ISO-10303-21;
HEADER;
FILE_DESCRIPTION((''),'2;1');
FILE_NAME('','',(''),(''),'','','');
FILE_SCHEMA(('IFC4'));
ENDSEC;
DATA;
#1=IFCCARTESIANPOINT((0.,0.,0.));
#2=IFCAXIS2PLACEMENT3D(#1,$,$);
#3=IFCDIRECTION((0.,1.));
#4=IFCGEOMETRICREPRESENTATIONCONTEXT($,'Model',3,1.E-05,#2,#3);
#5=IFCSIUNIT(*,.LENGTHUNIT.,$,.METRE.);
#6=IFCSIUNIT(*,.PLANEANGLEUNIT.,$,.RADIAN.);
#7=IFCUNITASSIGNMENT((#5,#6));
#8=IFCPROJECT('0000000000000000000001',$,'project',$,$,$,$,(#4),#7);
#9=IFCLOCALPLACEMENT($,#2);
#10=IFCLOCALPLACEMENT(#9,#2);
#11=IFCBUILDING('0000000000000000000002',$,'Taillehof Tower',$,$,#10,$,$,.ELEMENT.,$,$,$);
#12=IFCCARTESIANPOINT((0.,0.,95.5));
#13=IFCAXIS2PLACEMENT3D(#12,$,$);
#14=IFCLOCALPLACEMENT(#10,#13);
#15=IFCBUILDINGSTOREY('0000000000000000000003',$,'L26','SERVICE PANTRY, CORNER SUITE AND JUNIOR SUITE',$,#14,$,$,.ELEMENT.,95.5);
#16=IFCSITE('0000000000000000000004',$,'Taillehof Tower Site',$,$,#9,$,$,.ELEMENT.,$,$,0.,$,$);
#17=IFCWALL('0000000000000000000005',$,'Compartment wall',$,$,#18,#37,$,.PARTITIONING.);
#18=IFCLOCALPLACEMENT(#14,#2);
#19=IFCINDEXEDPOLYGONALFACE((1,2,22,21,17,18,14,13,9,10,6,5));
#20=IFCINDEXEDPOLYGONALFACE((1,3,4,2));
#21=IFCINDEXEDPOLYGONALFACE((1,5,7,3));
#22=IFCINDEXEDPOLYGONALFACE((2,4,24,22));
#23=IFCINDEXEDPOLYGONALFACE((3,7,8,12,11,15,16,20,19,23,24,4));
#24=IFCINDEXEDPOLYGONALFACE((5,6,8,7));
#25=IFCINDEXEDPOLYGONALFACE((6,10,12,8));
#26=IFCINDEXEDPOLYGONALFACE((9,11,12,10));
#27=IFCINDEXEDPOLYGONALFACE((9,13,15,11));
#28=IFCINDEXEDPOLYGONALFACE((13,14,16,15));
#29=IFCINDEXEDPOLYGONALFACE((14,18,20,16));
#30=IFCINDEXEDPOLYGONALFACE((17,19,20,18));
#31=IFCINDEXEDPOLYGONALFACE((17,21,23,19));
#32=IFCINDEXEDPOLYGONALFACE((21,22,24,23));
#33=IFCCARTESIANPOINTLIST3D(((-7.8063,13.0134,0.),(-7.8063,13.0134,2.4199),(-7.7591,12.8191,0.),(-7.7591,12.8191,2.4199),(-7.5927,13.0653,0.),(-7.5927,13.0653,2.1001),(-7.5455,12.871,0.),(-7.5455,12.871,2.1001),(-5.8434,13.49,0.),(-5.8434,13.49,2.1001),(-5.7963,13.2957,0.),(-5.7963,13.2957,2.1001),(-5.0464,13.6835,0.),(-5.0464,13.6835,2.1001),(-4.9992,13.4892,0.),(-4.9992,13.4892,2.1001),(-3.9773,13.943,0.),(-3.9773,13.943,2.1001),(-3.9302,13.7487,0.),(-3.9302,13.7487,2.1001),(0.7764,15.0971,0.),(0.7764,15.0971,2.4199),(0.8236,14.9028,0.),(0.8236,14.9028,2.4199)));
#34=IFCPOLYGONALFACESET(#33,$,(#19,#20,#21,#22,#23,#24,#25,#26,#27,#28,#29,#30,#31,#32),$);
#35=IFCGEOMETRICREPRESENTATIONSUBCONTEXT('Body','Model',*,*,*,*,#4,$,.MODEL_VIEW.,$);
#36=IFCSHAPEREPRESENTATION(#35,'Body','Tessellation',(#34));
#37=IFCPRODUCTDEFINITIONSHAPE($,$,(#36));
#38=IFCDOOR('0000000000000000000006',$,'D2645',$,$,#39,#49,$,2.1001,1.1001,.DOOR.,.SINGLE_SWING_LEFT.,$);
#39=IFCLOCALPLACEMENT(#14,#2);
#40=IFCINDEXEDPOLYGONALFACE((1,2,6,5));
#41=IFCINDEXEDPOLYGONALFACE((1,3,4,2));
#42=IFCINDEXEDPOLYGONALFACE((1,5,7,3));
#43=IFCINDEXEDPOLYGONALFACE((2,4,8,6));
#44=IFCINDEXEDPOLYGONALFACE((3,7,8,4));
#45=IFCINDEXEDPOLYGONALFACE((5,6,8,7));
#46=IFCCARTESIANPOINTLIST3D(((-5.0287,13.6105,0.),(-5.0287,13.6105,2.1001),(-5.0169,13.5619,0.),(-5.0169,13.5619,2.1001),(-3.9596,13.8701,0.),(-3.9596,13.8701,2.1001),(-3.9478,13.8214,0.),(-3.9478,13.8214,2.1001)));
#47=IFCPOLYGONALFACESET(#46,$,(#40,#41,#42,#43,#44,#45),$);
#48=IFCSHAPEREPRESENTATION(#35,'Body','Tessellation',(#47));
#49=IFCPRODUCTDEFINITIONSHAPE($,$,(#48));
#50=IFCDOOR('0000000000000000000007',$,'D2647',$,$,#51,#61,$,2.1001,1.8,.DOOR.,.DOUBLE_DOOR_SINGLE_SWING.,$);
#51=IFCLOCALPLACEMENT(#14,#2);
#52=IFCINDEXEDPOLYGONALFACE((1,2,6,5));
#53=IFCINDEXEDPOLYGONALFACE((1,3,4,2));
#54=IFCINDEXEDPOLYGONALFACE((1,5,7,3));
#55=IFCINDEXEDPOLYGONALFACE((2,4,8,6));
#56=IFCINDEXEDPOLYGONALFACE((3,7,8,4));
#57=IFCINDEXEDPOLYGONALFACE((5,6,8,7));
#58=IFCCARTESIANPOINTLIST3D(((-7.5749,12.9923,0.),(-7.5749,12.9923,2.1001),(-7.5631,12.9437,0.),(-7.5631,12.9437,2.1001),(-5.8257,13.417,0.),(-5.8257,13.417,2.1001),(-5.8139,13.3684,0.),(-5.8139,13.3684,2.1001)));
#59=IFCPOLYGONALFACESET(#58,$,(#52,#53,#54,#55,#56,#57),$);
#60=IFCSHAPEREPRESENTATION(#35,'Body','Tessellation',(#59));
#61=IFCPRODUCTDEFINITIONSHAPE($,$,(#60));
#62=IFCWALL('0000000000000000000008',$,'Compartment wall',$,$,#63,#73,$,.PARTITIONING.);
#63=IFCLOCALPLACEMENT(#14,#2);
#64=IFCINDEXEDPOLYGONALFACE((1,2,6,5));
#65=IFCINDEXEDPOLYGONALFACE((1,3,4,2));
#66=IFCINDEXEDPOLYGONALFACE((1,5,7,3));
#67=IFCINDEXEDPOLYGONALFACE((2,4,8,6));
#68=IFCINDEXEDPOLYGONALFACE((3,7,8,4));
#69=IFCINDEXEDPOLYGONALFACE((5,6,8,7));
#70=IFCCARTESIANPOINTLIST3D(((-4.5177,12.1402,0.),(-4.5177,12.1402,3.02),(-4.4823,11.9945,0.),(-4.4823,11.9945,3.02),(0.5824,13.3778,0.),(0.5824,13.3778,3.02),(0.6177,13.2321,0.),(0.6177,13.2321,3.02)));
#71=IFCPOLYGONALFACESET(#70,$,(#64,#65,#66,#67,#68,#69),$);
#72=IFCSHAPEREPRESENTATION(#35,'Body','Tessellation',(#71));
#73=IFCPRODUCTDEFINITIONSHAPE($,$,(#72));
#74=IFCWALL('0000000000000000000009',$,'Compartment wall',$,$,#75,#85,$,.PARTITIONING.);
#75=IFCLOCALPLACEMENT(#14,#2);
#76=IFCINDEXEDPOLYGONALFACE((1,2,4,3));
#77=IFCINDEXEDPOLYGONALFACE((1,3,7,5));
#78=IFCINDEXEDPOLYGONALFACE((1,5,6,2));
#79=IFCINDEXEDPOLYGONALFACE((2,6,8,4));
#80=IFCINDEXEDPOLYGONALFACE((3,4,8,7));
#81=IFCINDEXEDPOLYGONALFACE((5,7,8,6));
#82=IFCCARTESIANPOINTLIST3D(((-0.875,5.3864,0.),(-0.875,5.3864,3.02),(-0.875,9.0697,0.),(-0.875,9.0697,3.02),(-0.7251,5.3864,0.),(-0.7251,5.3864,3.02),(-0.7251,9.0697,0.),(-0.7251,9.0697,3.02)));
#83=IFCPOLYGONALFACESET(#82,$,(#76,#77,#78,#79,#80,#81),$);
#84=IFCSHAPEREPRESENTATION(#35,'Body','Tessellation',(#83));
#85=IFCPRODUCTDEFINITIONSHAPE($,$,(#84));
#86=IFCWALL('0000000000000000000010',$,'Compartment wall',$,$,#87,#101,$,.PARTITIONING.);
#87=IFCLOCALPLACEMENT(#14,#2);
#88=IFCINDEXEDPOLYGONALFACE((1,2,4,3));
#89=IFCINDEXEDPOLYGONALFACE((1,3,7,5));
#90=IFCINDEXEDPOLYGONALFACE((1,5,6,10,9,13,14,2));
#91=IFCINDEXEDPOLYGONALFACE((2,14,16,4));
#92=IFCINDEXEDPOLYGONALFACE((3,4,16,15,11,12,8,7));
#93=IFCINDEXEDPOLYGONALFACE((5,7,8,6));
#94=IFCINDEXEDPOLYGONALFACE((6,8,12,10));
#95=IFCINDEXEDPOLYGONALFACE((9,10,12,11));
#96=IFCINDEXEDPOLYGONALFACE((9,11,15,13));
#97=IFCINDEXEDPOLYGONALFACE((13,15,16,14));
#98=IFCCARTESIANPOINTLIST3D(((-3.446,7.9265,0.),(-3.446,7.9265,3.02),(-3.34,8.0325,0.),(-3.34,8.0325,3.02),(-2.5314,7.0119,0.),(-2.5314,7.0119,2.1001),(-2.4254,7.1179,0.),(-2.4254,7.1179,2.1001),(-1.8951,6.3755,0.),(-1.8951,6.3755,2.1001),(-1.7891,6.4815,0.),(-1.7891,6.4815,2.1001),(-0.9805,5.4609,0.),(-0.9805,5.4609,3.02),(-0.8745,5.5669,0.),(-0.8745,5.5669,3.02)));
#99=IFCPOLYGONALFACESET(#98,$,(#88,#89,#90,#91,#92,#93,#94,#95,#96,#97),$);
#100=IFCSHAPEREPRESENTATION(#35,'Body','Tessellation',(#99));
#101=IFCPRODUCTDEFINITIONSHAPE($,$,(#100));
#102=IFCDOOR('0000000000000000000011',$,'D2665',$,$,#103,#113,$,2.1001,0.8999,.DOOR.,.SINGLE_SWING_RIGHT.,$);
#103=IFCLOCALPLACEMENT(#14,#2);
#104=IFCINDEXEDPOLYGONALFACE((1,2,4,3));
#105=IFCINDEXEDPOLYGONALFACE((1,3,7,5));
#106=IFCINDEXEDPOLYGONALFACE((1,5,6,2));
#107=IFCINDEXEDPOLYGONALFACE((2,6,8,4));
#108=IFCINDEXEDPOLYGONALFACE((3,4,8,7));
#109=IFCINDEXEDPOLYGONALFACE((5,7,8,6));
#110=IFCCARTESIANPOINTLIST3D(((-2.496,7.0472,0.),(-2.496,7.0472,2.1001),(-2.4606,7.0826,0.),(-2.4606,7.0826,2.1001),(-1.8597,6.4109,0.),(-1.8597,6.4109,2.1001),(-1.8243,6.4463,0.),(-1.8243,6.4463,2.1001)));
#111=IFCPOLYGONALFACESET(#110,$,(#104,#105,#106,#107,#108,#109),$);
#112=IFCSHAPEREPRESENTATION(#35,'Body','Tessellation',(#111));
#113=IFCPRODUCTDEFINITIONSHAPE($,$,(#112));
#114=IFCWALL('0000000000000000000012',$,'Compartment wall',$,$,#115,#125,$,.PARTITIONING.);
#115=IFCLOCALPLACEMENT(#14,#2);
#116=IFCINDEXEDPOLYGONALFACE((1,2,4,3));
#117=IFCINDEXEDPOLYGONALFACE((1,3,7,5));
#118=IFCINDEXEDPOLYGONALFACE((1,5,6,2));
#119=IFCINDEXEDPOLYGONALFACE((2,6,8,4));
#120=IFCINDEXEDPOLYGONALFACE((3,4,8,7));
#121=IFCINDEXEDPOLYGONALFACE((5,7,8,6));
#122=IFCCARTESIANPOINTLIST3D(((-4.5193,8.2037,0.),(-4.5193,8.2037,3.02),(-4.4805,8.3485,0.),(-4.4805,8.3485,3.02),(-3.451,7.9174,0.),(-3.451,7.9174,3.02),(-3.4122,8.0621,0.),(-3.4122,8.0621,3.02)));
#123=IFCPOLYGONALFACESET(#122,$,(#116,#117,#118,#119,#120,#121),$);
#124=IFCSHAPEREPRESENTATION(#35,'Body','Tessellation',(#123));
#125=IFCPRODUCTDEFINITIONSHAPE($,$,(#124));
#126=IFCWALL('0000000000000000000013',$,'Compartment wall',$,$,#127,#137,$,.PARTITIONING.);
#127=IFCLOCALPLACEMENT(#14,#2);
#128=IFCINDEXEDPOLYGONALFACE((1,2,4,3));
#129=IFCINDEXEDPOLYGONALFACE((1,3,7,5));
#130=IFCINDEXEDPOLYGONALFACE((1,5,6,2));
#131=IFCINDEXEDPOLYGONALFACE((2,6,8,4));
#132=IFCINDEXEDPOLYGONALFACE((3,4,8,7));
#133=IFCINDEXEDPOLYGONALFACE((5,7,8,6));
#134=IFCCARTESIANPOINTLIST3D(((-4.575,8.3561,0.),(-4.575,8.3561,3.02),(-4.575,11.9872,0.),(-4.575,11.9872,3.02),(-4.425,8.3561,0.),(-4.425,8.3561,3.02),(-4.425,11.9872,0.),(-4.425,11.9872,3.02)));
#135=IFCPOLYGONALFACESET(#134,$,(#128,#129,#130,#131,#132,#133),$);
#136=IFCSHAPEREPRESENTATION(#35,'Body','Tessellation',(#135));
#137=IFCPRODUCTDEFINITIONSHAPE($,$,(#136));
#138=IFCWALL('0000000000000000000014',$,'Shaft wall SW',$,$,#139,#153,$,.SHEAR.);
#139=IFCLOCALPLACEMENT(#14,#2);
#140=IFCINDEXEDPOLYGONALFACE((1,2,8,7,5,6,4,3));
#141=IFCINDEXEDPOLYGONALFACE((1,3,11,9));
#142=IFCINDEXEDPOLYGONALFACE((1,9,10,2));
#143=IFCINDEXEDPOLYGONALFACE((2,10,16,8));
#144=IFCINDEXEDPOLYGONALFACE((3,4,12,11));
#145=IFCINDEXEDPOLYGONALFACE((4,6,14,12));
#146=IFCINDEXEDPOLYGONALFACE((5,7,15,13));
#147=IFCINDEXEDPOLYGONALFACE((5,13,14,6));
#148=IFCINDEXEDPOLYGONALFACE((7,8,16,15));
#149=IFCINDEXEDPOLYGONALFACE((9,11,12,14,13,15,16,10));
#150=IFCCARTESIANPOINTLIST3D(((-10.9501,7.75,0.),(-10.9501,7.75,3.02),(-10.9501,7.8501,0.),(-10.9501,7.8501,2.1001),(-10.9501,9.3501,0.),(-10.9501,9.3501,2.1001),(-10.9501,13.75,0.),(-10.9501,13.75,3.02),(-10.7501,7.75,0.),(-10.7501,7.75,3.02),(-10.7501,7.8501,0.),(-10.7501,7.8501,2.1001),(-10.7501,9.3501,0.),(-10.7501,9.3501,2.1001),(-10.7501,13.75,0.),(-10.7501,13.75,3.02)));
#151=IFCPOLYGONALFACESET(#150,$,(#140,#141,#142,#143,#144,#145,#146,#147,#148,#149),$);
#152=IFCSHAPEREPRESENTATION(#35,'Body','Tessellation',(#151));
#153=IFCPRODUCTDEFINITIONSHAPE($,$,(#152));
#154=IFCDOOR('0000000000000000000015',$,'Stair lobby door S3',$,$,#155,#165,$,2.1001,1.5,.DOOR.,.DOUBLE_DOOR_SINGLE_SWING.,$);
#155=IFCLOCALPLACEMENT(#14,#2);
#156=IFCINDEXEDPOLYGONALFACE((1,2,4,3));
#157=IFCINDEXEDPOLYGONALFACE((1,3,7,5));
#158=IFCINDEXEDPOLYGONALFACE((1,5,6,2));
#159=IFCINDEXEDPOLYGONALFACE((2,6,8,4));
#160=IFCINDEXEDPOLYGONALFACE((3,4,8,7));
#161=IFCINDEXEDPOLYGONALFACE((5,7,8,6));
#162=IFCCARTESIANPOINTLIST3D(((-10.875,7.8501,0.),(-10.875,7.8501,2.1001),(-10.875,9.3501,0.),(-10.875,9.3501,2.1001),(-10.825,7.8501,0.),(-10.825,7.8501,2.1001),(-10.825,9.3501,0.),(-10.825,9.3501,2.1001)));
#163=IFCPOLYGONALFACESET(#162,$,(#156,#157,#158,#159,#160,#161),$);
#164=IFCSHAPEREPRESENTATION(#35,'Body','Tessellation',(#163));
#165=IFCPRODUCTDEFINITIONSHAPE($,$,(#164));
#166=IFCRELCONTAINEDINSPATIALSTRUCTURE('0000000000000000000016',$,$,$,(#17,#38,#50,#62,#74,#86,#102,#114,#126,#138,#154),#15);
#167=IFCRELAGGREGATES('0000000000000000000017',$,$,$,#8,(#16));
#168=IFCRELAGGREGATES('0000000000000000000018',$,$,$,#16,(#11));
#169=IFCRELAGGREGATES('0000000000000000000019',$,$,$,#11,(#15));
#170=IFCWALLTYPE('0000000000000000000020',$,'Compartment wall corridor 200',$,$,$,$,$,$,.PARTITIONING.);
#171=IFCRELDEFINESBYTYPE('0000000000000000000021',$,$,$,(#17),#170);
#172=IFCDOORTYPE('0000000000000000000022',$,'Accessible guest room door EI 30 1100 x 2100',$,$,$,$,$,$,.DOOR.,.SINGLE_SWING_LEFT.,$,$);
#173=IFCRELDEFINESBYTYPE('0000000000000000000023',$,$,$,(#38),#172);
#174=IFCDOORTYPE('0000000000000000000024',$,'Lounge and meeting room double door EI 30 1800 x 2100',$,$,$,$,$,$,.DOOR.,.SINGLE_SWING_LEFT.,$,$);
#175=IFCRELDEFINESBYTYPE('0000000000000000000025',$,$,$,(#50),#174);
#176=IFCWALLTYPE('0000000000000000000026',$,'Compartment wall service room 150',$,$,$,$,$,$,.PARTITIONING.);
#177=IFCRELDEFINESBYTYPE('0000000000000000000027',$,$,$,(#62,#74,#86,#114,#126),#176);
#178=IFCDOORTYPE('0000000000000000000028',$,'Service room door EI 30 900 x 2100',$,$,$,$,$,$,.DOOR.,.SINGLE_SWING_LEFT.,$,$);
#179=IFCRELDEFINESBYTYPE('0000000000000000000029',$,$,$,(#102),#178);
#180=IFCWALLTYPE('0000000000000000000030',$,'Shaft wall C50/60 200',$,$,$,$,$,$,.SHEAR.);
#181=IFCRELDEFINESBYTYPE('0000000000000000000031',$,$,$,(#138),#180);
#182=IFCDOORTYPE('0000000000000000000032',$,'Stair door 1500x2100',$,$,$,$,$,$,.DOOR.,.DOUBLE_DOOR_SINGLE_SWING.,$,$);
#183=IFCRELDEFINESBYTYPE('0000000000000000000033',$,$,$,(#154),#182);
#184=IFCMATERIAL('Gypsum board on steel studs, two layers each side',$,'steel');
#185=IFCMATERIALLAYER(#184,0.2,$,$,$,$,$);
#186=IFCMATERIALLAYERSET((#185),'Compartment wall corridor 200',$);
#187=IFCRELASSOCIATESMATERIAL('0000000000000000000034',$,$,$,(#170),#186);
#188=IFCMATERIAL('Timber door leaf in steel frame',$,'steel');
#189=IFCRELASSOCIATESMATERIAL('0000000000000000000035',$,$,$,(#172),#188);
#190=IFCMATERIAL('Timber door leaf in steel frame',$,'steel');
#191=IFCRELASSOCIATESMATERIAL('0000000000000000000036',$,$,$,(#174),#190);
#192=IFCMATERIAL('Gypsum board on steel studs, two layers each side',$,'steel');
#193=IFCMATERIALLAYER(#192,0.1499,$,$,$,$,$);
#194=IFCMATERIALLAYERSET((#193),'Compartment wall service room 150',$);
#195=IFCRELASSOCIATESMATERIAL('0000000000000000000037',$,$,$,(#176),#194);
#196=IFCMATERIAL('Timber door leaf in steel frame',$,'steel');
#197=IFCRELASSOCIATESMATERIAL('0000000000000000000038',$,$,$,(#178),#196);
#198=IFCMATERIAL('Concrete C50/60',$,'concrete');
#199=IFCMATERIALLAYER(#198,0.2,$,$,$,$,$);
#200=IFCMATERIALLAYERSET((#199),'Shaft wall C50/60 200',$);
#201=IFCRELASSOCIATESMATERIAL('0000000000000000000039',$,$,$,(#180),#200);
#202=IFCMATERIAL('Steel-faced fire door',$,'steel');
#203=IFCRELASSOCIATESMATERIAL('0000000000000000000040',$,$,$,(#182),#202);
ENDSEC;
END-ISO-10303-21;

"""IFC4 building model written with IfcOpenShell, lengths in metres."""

from ifc_helpers import new_model, si_unit, direction, frame, frame_2d, origin, place, context, subcontext, project, spatial, rectangle, extrude, material, layer, layer_set, type_object, element, fill, save


model = new_model("IFC4")

# Units and contexts
model_context = context("Model", 3, precision=1e-05, world=origin(), true_north=direction((0.0, 1.0)))
body_context = subcontext(model_context, "Body", "Model", "MODEL_VIEW")
ifc_project = project(units=[si_unit("LENGTHUNIT", "METRE"), si_unit("PLANEANGLEUNIT", "RADIAN")], contexts=[model_context])

# Site, building, storey
site_placement = place(None, origin())
site = spatial("IfcSite", under=ifc_project, at=site_placement, Name="Taillehof Tower Site", CompositionType="ELEMENT", RefElevation=0.0)
building_placement = place(site_placement, origin())
building = spatial("IfcBuilding", under=site, at=building_placement, Name="Taillehof Tower", CompositionType="ELEMENT")
storey_placement = place(building_placement, frame((0.0, 0.0, 95.5)))
storey = spatial("IfcBuildingStorey", under=building, at=storey_placement, Name="L26", Description="SERVICE PANTRY, CORNER SUITE AND JUNIOR SUITE", CompositionType="ELEMENT", Elevation=95.5)

# Shared definitions
ifc_material_1 = material(Name="Gypsum board on steel studs, two layers each side", Category="steel")
ifc_layer_1 = layer(ifc_material_1, 0.2)
ifc_layer_set_1 = layer_set([ifc_layer_1], Name="Compartment wall corridor 200")
wall_type_1 = type_object("IfcWallType", Name="Compartment wall corridor 200", PredefinedType="PARTITIONING", material=ifc_layer_set_1)

# Wall, openings, doors
wall_1_placement = place(storey_placement, frame((-7.7827, 12.9163, 0.0), z_axis=(0.0, 0.0, 1.0), x_axis=(0.97177, 0.235928, 0.0)))
wall_1 = element("IfcWall", 1, at=wall_1_placement, inside=storey, type_object=wall_type_1, Name="Compartment wall", PredefinedType="PARTITIONING", context=body_context, shape_type="SweptSolid", body=[
    extrude(rectangle(XDim=8.832, YDim=0.2, at=frame_2d((4.416, 0.0))), origin(), (0.0, 0.0, 1.0), 2.4199),
])
opening_1_placement = place(wall_1_placement, frame((2.8401, 0.0, 0.0)))
opening_1 = element("IfcOpeningElement", 2, at=opening_1_placement, cuts=wall_1, PredefinedType="OPENING", context=body_context, shape_type="SweptSolid", body=[
    extrude(rectangle(XDim=1.1001, YDim=2.1001, at=frame_2d((0.55, 1.05))), frame((0.0, 0.1099, 0.0), z_axis=(0.0, -1.0, 0.0), x_axis=(1.0, 0.0, 0.0)), (0.0, 0.0, 1.0), 0.22),
])
opening_2_placement = place(wall_1_placement, frame((0.22, 0.0, 0.0)))
opening_2 = element("IfcOpeningElement", 3, at=opening_2_placement, cuts=wall_1, PredefinedType="OPENING", context=body_context, shape_type="SweptSolid", body=[
    extrude(rectangle(XDim=1.8, YDim=2.1001, at=frame_2d((0.8999, 1.05))), frame((0.0, 0.1099, 0.0), z_axis=(0.0, -1.0, 0.0), x_axis=(1.0, 0.0, 0.0)), (0.0, 0.0, 1.0), 0.22),
])
ifc_material_2 = material(Name="Timber door leaf in steel frame", Category="steel")
door_type_1 = type_object("IfcDoorType", Name="Accessible guest room door EI 30 1100 x 2100", OperationType="SINGLE_SWING_LEFT", PredefinedType="DOOR", material=ifc_material_2)
door_1_placement = place(opening_1_placement, origin())
door_1 = element("IfcDoor", 4, at=door_1_placement, inside=storey, type_object=door_type_1, Name="D2645", OperationType="SINGLE_SWING_LEFT", OverallHeight=2.1001, OverallWidth=1.1001, PredefinedType="DOOR", context=body_context, shape_type="SweptSolid", body=[
    extrude(rectangle(XDim=1.1001, YDim=2.1001, at=frame_2d((0.55, 1.05))), frame((0.0, 0.0249, 0.0), z_axis=(0.0, -1.0, 0.0), x_axis=(1.0, 0.0, 0.0)), (0.0, 0.0, 1.0), 0.05),
])
fill(opening_1, door_1)
ifc_material_3 = material(Name="Timber door leaf in steel frame", Category="steel")
door_type_2 = type_object("IfcDoorType", Name="Lounge and meeting room double door EI 30 1800 x 2100", OperationType="SINGLE_SWING_LEFT", PredefinedType="DOOR", material=ifc_material_3)
door_2_placement = place(opening_2_placement, origin())
door_2 = element("IfcDoor", 5, at=door_2_placement, inside=storey, type_object=door_type_2, Name="D2647", OperationType="DOUBLE_DOOR_SINGLE_SWING", OverallHeight=2.1001, OverallWidth=1.8, PredefinedType="DOOR", context=body_context, shape_type="SweptSolid", body=[
    extrude(rectangle(XDim=1.8, YDim=2.1001, at=frame_2d((0.8999, 1.05))), frame((0.0, 0.0249, 0.0), z_axis=(0.0, -1.0, 0.0), x_axis=(1.0, 0.0, 0.0)), (0.0, 0.0, 1.0), 0.05),
])
fill(opening_2, door_2)

# Walls
ifc_material_4 = material(Name="Gypsum board on steel studs, two layers each side", Category="steel")
ifc_layer_2 = layer(ifc_material_4, 0.1499)
ifc_layer_set_2 = layer_set([ifc_layer_2], Name="Compartment wall service room 150")
wall_type_2 = type_object("IfcWallType", Name="Compartment wall service room 150", PredefinedType="PARTITIONING", material=ifc_layer_set_2)
wall_2_placement = place(storey_placement, frame((-4.5, 12.0674, 0.0), z_axis=(0.0, 0.0, 1.0), x_axis=(0.971799, 0.235809, 0.0)))
element("IfcWall", 6, at=wall_2_placement, inside=storey, type_object=wall_type_2, Name="Compartment wall", PredefinedType="PARTITIONING", context=body_context, shape_type="SweptSolid", body=[
    extrude(rectangle(XDim=5.248, YDim=0.1499, at=frame_2d((2.624, 0.0))), origin(), (0.0, 0.0, 1.0), 3.02),
])
wall_3_placement = place(storey_placement, frame((-0.8, 9.0698, 0.0), z_axis=(0.0, 0.0, 1.0), x_axis=(0.0, -1.0, 0.0)))
element("IfcWall", 7, at=wall_3_placement, inside=storey, type_object=wall_type_2, Name="Compartment wall", PredefinedType="PARTITIONING", context=body_context, shape_type="SweptSolid", body=[
    extrude(rectangle(XDim=3.6833, YDim=0.1499, at=frame_2d((1.8418, 0.0))), origin(), (0.0, 0.0, 1.0), 3.02),
])

# Wall, opening, door
wall_4_placement = place(storey_placement, frame((-0.9275, 5.5139, 0.0), z_axis=(0.0, 0.0, 1.0), x_axis=(-0.707107, 0.707107, 0.0)))
wall_4 = element("IfcWall", 8, at=wall_4_placement, inside=storey, type_object=wall_type_2, Name="Compartment wall", PredefinedType="PARTITIONING", context=body_context, shape_type="SweptSolid", body=[
    extrude(rectangle(XDim=3.4868, YDim=0.1499, at=frame_2d((1.7434, 0.0))), origin(), (0.0, 0.0, 1.0), 3.02),
])
opening_3_placement = place(wall_4_placement, frame((1.2935, 0.0, 0.0)))
opening_3 = element("IfcOpeningElement", 9, at=opening_3_placement, cuts=wall_4, PredefinedType="OPENING", context=body_context, shape_type="SweptSolid", body=[
    extrude(rectangle(XDim=0.8999, YDim=2.1001, at=frame_2d((0.45, 1.05))), frame((0.0, 0.085, 0.0), z_axis=(0.0, -1.0, 0.0), x_axis=(1.0, 0.0, 0.0)), (0.0, 0.0, 1.0), 0.1699),
])
ifc_material_5 = material(Name="Timber door leaf in steel frame", Category="steel")
door_type_3 = type_object("IfcDoorType", Name="Service room door EI 30 900 x 2100", OperationType="SINGLE_SWING_LEFT", PredefinedType="DOOR", material=ifc_material_5)
door_3_placement = place(opening_3_placement, origin())
door_3 = element("IfcDoor", 10, at=door_3_placement, inside=storey, type_object=door_type_3, Name="D2665", OperationType="SINGLE_SWING_RIGHT", OverallHeight=2.1001, OverallWidth=0.8999, PredefinedType="DOOR", context=body_context, shape_type="SweptSolid", body=[
    extrude(rectangle(XDim=0.8999, YDim=2.1001, at=frame_2d((0.45, 1.05))), frame((0.0, 0.0249, 0.0), z_axis=(0.0, -1.0, 0.0), x_axis=(1.0, 0.0, 0.0)), (0.0, 0.0, 1.0), 0.05),
])
fill(opening_3, door_3)

# Walls
wall_5_placement = place(storey_placement, frame((-3.4316, 7.9897, 0.0), z_axis=(0.0, 0.0, 1.0), x_axis=(-0.965901, 0.258913, 0.0)))
element("IfcWall", 11, at=wall_5_placement, inside=storey, type_object=wall_type_2, Name="Compartment wall", PredefinedType="PARTITIONING", context=body_context, shape_type="SweptSolid", body=[
    extrude(rectangle(XDim=1.106, YDim=0.1499, at=frame_2d((0.553, 0.0))), origin(), (0.0, 0.0, 1.0), 3.02),
])
wall_6_placement = place(storey_placement, frame((-4.5, 8.3562, 0.0), z_axis=(0.0, 0.0, 1.0), x_axis=(0.0, 1.0, 0.0)))
element("IfcWall", 12, at=wall_6_placement, inside=storey, type_object=wall_type_2, Name="Compartment wall", PredefinedType="PARTITIONING", context=body_context, shape_type="SweptSolid", body=[
    extrude(rectangle(XDim=3.6311, YDim=0.1499, at=frame_2d((1.8154, 0.0))), origin(), (0.0, 0.0, 1.0), 3.02),
])

# Wall, opening, door
ifc_material_6 = material(Name="Concrete C50/60", Category="concrete")
ifc_layer_3 = layer(ifc_material_6, 0.2)
ifc_layer_set_3 = layer_set([ifc_layer_3], Name="Shaft wall C50/60 200")
wall_type_3 = type_object("IfcWallType", Name="Shaft wall C50/60 200", PredefinedType="SHEAR", material=ifc_layer_set_3)
wall_7_placement = place(storey_placement, frame((-10.8501, 7.75, 0.0), z_axis=(0.0, 0.0, 1.0), x_axis=(0.0, 1.0, 0.0)))
wall_7 = element("IfcWall", 13, at=wall_7_placement, inside=storey, type_object=wall_type_3, Name="Shaft wall SW", PredefinedType="SHEAR", context=body_context, shape_type="SweptSolid", body=[
    extrude(rectangle(XDim=6.0, YDim=0.2, at=frame_2d((3.0, 0.0))), origin(), (0.0, 0.0, 1.0), 3.02),
])
opening_4_placement = place(wall_7_placement, frame((0.1001, 0.0, 0.0)))
opening_4 = element("IfcOpeningElement", 14, at=opening_4_placement, cuts=wall_7, PredefinedType="OPENING", context=body_context, shape_type="SweptSolid", body=[
    extrude(rectangle(XDim=1.5, YDim=2.1001, at=frame_2d((0.75, 1.05))), frame((0.0, 0.1099, 0.0), z_axis=(0.0, -1.0, 0.0), x_axis=(1.0, 0.0, 0.0)), (0.0, 0.0, 1.0), 0.22),
])
ifc_material_7 = material(Name="Steel-faced fire door", Category="steel")
door_type_4 = type_object("IfcDoorType", Name="Stair door 1500x2100", OperationType="DOUBLE_DOOR_SINGLE_SWING", PredefinedType="DOOR", material=ifc_material_7)
door_4_placement = place(opening_4_placement, origin())
door_4 = element("IfcDoor", 15, at=door_4_placement, inside=storey, type_object=door_type_4, Name="Stair lobby door S3", OperationType="DOUBLE_DOOR_SINGLE_SWING", OverallHeight=2.1001, OverallWidth=1.5, PredefinedType="DOOR", context=body_context, shape_type="SweptSolid", body=[
    extrude(rectangle(XDim=1.5, YDim=2.1001, at=frame_2d((0.75, 1.05))), frame((0.0, 0.0249, 0.0), z_axis=(0.0, -1.0, 0.0), x_axis=(1.0, 0.0, 0.0)), (0.0, 0.0, 1.0), 0.05),
])
fill(opening_4, door_4)

save(model, "model.ifc")
